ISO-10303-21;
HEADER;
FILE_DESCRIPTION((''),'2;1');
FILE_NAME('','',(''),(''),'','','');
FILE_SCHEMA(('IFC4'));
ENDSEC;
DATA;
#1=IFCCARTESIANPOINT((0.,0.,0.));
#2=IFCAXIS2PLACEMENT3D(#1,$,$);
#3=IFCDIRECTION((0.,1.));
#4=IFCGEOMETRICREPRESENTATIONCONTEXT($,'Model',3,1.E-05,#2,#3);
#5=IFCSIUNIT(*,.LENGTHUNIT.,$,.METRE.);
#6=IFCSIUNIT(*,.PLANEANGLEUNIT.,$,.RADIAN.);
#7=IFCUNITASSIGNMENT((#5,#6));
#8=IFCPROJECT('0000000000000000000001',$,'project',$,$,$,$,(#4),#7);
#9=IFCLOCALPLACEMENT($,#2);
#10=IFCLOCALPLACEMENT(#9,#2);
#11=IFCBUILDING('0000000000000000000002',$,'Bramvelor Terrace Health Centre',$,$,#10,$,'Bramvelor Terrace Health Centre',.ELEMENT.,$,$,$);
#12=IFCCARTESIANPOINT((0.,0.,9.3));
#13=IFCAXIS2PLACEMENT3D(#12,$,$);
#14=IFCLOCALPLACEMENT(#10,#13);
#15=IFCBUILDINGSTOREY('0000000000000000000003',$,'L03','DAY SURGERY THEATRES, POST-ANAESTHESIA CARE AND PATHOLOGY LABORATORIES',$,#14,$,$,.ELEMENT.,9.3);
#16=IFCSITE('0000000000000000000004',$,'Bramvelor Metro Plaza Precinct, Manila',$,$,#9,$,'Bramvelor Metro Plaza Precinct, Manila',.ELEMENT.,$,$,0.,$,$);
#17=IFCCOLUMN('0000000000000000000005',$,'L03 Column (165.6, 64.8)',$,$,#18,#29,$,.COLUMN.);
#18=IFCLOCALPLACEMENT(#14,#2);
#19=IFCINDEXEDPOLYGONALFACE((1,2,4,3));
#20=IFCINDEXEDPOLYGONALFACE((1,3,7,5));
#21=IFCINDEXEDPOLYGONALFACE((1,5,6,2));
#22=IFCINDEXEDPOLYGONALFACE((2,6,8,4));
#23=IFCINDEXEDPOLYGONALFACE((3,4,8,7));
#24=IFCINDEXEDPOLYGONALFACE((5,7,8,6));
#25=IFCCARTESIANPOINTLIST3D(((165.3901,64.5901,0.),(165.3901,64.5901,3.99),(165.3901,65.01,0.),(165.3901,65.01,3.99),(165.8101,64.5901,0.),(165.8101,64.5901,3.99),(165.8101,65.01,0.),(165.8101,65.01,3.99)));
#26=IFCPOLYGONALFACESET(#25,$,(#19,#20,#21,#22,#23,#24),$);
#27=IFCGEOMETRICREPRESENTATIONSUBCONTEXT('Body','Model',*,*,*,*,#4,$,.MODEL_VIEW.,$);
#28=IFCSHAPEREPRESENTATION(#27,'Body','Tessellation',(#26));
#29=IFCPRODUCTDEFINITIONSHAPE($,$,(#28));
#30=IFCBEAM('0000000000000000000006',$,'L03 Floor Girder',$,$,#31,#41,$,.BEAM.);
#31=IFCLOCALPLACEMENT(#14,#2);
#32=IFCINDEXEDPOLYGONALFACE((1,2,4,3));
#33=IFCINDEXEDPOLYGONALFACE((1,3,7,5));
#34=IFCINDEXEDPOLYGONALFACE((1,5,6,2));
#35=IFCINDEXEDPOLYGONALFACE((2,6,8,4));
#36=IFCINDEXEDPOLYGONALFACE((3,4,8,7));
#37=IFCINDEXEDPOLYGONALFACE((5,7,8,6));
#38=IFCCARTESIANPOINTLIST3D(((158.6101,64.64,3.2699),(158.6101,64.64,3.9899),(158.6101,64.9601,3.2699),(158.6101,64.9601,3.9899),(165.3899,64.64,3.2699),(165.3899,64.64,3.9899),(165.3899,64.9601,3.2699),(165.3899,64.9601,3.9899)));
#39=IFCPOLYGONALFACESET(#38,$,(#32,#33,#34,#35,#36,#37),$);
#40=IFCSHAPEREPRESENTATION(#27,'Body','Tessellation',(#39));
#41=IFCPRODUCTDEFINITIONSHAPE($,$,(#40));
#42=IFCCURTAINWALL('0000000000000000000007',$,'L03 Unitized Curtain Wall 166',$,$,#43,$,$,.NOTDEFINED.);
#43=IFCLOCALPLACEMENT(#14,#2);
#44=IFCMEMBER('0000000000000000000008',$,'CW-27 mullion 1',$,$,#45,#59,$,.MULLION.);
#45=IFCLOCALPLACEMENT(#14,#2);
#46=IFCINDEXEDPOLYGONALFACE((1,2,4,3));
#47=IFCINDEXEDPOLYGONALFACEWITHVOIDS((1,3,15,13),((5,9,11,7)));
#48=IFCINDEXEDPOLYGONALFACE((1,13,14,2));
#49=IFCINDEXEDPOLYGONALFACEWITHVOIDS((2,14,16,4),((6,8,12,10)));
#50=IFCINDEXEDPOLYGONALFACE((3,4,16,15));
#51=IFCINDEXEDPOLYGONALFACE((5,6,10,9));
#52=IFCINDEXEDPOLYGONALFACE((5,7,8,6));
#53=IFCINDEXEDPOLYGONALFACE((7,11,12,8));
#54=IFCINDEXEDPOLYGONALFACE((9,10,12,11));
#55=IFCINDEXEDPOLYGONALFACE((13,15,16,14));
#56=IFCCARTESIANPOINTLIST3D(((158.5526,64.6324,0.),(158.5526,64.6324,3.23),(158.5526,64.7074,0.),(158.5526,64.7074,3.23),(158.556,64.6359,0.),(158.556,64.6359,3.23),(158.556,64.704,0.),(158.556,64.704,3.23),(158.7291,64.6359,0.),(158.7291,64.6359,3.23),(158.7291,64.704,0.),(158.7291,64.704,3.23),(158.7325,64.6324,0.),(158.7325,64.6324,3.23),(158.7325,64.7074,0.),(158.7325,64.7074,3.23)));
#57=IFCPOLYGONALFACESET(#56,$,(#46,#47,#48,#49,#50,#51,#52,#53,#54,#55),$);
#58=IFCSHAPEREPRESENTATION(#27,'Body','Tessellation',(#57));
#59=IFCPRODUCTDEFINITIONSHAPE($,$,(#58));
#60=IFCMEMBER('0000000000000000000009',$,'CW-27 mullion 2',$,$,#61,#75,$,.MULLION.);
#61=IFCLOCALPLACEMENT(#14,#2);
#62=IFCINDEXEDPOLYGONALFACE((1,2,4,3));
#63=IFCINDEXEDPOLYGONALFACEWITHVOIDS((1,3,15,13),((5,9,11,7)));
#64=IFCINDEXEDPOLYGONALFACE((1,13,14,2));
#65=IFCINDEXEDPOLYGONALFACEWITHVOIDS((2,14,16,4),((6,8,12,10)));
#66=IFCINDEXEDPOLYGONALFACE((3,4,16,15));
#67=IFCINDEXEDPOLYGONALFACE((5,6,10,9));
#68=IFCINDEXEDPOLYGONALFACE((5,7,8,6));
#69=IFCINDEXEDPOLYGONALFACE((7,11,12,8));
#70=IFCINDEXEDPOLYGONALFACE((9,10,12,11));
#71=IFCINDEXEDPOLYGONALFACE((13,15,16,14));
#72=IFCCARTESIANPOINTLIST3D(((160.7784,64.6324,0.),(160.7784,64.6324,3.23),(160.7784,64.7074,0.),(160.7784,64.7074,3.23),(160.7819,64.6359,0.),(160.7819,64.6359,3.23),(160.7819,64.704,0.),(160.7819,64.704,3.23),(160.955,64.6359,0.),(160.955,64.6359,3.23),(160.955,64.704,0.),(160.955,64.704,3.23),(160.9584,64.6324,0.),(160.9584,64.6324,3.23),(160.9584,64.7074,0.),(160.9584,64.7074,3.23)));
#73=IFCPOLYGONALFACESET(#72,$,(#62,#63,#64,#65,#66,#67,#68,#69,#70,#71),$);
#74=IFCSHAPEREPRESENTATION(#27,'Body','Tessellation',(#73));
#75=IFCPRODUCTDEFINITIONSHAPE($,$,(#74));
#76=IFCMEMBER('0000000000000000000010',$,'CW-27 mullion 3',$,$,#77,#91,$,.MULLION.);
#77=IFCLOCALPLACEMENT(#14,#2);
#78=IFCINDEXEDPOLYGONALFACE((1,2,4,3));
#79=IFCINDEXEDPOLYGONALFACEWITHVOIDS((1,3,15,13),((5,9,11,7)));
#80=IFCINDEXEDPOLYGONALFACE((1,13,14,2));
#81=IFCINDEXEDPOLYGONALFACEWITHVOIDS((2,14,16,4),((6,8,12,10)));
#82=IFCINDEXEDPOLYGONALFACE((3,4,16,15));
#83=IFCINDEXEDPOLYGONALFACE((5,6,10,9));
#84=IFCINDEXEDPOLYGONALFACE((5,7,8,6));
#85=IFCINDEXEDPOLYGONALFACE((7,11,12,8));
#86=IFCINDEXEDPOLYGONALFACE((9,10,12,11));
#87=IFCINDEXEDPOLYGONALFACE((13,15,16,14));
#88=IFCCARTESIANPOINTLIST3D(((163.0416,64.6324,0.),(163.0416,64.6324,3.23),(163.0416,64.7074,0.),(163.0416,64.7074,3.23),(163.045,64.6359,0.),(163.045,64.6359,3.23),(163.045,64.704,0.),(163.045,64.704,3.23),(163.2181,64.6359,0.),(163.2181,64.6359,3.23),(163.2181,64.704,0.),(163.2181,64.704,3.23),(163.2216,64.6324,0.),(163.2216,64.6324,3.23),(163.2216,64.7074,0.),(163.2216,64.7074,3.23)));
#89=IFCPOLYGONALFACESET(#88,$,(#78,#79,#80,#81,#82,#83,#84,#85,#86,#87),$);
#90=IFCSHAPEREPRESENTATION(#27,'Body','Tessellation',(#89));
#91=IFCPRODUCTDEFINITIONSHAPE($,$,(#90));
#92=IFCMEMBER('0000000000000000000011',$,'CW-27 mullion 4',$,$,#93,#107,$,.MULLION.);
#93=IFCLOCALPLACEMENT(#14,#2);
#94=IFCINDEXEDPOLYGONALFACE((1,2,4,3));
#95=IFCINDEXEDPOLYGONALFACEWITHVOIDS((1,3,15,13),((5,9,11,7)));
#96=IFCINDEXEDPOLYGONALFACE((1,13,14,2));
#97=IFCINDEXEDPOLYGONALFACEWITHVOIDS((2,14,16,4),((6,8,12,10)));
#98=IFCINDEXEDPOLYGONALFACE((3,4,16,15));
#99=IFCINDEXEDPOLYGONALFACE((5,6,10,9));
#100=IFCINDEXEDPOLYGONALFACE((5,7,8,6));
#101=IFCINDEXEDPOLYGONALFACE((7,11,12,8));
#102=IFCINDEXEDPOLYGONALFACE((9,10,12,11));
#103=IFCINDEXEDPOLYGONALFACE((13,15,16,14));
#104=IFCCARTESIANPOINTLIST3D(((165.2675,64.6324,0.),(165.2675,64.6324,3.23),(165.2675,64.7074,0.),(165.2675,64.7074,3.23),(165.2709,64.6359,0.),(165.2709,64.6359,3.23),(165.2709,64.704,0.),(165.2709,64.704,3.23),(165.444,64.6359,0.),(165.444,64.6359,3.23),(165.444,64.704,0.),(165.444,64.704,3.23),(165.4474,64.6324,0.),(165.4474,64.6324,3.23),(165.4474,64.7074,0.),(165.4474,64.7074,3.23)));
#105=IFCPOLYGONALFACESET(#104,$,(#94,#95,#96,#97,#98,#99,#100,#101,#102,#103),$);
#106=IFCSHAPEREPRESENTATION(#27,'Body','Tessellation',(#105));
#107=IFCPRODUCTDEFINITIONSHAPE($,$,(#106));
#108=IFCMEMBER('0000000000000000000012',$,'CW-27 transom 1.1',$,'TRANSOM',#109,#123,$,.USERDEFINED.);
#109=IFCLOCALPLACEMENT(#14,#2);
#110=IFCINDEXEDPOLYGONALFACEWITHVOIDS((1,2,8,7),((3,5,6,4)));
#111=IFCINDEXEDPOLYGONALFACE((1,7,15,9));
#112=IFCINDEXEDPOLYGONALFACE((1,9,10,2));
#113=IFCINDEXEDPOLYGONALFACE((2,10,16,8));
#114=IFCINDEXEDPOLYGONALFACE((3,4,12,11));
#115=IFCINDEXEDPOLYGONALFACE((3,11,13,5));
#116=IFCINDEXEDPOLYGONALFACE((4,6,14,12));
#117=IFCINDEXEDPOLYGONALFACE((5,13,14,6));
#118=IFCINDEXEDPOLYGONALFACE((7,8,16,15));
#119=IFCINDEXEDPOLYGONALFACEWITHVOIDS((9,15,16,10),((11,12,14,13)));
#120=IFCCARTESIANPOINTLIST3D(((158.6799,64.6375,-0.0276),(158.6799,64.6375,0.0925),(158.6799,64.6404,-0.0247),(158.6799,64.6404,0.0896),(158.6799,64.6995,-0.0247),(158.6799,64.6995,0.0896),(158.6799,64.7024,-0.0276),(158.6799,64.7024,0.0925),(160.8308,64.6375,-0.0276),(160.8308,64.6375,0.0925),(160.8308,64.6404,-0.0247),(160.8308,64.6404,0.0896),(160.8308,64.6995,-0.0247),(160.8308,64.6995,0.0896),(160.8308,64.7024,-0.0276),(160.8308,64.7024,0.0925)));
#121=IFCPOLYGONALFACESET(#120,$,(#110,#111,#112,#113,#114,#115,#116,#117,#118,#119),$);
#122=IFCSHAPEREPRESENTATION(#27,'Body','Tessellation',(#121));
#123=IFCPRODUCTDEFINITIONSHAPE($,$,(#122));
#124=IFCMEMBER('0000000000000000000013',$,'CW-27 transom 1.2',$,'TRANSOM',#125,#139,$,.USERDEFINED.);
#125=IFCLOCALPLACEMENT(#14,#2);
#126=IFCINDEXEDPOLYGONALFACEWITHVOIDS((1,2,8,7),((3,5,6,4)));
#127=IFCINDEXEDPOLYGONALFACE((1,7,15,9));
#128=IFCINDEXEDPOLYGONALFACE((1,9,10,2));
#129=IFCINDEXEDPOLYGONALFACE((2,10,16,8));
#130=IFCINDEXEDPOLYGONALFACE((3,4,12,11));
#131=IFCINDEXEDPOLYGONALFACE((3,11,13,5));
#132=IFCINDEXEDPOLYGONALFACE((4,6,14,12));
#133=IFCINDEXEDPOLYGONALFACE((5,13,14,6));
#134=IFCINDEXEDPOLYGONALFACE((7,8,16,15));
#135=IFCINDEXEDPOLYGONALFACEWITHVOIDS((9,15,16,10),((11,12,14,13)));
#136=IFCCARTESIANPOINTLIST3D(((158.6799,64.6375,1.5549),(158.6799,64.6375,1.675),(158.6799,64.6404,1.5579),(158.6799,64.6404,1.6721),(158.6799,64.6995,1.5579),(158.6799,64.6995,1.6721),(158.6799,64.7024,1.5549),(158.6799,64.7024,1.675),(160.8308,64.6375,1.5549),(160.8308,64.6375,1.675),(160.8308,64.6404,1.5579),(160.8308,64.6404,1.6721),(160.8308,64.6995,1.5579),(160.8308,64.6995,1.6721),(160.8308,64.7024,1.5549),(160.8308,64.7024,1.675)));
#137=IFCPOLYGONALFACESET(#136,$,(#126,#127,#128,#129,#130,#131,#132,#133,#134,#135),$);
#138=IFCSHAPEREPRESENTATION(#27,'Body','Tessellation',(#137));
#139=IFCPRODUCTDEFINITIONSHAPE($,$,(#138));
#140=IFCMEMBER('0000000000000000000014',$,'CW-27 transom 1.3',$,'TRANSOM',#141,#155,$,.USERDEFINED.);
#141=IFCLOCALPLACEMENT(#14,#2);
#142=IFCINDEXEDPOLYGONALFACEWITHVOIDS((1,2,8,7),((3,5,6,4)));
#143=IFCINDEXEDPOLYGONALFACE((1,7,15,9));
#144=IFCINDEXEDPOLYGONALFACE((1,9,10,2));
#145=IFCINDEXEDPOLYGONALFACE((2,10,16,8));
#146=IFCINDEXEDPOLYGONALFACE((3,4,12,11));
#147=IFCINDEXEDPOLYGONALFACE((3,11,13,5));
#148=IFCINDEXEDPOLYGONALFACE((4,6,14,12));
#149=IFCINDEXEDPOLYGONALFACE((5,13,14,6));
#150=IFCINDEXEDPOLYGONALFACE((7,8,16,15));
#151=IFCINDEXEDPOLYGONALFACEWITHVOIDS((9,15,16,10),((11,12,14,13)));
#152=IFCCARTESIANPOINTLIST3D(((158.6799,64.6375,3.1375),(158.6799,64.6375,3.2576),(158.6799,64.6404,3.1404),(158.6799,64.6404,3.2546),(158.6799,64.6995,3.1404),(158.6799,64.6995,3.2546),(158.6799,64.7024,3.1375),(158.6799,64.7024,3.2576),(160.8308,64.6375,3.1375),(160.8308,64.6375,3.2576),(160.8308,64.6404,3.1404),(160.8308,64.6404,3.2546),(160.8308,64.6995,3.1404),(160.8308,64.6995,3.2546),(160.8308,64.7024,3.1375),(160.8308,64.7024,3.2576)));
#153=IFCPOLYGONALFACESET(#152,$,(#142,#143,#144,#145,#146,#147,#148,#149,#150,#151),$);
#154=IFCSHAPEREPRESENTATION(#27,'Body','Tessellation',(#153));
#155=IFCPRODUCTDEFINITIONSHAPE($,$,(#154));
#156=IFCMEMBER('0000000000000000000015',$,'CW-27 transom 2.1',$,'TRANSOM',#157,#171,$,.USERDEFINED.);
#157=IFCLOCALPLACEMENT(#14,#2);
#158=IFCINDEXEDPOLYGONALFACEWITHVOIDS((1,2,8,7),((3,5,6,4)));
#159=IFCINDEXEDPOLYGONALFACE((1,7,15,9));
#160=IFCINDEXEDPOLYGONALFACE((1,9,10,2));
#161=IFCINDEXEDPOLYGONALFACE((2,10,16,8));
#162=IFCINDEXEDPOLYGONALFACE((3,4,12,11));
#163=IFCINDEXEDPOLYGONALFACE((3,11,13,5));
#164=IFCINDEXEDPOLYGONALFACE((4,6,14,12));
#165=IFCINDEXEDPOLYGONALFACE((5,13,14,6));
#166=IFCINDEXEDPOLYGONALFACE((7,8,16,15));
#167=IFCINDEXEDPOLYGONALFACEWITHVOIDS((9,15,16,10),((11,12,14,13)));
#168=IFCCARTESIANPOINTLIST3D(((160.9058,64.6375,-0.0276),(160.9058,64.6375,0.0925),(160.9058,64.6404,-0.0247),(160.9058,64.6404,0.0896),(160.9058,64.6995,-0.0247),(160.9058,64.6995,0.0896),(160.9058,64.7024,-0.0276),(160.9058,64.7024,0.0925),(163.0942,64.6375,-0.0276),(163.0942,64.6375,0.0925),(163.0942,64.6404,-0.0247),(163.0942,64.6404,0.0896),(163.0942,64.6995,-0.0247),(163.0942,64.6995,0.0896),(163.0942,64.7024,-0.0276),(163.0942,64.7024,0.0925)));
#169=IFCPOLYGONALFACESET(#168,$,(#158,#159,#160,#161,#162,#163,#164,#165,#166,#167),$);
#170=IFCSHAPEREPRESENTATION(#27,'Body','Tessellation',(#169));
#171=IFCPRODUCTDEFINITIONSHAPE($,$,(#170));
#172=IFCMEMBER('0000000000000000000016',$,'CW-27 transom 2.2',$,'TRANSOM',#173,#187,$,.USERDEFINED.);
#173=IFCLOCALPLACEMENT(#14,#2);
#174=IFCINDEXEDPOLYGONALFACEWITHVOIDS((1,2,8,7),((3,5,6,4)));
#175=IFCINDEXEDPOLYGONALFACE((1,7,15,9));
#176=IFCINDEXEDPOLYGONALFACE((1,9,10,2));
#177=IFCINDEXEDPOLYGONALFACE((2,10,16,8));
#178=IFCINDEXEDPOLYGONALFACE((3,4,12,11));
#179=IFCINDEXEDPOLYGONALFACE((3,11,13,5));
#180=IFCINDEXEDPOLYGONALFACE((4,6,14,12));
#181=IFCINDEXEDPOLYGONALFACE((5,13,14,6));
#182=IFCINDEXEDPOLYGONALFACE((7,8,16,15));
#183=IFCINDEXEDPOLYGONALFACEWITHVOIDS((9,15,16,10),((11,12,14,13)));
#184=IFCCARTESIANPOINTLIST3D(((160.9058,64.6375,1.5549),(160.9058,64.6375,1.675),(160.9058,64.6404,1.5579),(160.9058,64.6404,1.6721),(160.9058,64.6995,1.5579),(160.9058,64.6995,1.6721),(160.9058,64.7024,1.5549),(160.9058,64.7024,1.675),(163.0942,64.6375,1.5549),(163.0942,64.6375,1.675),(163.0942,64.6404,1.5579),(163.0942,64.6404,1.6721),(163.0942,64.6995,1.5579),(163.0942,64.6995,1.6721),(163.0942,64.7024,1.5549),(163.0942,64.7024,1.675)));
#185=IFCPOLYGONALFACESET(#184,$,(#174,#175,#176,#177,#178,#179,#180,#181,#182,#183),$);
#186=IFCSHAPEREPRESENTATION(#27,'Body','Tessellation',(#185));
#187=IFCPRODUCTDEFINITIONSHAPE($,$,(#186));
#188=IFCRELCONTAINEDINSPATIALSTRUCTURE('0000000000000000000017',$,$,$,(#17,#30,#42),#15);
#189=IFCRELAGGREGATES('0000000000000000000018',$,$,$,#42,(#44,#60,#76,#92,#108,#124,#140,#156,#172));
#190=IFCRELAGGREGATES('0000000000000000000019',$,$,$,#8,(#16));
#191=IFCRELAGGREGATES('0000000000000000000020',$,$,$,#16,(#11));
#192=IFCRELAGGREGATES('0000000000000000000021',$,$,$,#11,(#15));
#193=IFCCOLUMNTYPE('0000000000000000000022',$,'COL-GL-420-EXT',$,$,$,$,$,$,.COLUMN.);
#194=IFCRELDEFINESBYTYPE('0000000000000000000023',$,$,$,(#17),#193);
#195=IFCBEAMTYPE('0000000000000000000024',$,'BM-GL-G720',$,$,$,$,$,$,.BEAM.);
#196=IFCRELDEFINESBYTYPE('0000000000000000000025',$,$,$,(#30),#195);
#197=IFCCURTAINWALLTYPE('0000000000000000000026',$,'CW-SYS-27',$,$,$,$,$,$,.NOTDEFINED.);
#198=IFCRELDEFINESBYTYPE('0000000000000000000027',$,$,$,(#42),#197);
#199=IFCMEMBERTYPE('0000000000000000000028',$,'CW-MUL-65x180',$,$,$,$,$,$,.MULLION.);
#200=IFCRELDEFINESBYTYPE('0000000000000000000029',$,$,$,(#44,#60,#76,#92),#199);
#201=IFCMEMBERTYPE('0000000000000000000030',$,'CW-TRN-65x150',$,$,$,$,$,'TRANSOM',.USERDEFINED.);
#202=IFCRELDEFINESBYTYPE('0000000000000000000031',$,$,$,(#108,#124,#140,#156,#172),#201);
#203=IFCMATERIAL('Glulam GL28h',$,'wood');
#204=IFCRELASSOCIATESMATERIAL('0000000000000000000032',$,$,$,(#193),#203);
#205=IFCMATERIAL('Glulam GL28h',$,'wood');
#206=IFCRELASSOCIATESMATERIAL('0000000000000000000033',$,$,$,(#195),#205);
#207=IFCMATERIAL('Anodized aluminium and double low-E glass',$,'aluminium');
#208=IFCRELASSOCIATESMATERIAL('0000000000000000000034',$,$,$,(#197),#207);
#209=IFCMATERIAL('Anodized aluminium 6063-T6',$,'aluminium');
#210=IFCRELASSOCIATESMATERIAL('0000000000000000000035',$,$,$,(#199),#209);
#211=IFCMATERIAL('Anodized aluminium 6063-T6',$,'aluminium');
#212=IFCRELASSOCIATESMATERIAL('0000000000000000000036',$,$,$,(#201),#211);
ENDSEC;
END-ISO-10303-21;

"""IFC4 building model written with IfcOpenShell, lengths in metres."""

from ifc_helpers import new_model, si_unit, direction, frame, origin, origin_2d, place, context, subcontext, project, spatial, rectangle, hollow_rectangle, extrude, material, material_profile, profile_set, type_object, element, aggregate, save


model = new_model("IFC4")

# Units and contexts
model_context = context("Model", 3, precision=1e-05, world=origin(), true_north=direction((0.0, 1.0)))
body_context = subcontext(model_context, "Body", "Model", "MODEL_VIEW")
ifc_project = project(units=[si_unit("LENGTHUNIT", "METRE"), si_unit("PLANEANGLEUNIT", "RADIAN")], contexts=[model_context])

# Site, building, storey
site_placement = place(None, origin())
site = spatial("IfcSite", under=ifc_project, at=site_placement, Name="Bramvelor Metro Plaza Precinct, Manila", LongName="Bramvelor Metro Plaza Precinct, Manila", CompositionType="ELEMENT", RefElevation=0.0)
building_placement = place(site_placement, origin())
building = spatial("IfcBuilding", under=site, at=building_placement, Name="Bramvelor Terrace Health Centre", LongName="Bramvelor Terrace Health Centre", CompositionType="ELEMENT")
storey_placement = place(building_placement, frame((0.0, 0.0, 9.3)))
storey = spatial("IfcBuildingStorey", under=building, at=storey_placement, Name="L03", Description="DAY SURGERY THEATRES, POST-ANAESTHESIA CARE AND PATHOLOGY LABORATORIES", CompositionType="ELEMENT", Elevation=9.3)

# Column
ifc_material_1 = material(Name="Glulam GL28h", Category="wood")
ifc_material_profile_1 = material_profile(ifc_material_1, rectangle(XDim=0.4199, YDim=0.4199, at=origin_2d()), Name="GL 420x420")
ifc_profile_set_1 = profile_set([ifc_material_profile_1], Name="Glulam GL28h")
column_type = type_object("IfcColumnType", Name="COL-GL-420-EXT", PredefinedType="COLUMN", material=ifc_profile_set_1)
column_placement = place(storey_placement, frame((165.6001, 64.8, 0.0), z_axis=(0.0, 0.0, 1.0), x_axis=(1.0, 0.0, 0.0)))
element("IfcColumn", 1, at=column_placement, inside=storey, type_object=column_type, Name="L03 Column (165.6, 64.8)", PredefinedType="COLUMN", context=body_context, shape_type="SweptSolid", body=[
    extrude(rectangle(XDim=0.4199, YDim=0.4199, at=origin_2d()), origin(), (0.0, 0.0, 1.0), 3.99),
])

# Beam
ifc_material_2 = material(Name="Glulam GL28h", Category="wood")
ifc_material_profile_2 = material_profile(ifc_material_2, rectangle(XDim=0.3201, YDim=0.72, at=origin_2d()), Name="GL 320x720")
ifc_profile_set_2 = profile_set([ifc_material_profile_2], Name="Glulam GL28h")
beam_type = type_object("IfcBeamType", Name="BM-GL-G720", PredefinedType="BEAM", material=ifc_profile_set_2)
beam_placement = place(storey_placement, frame((158.6101, 64.8, 3.6299), z_axis=(1.0, 0.0, 0.0), x_axis=(0.0, 1.0, 0.0)))
element("IfcBeam", 2, at=beam_placement, inside=storey, type_object=beam_type, Name="L03 Floor Girder", PredefinedType="BEAM", context=body_context, shape_type="SweptSolid", body=[
    extrude(rectangle(XDim=0.3201, YDim=0.72, at=origin_2d()), origin(), (0.0, 0.0, 1.0), 6.7798),
])

# Curtain wall, members
ifc_material_3 = material(Name="Anodized aluminium and double low-E glass", Category="aluminium")
curtain_wall_type = type_object("IfcCurtainWallType", Name="CW-SYS-27", PredefinedType="NOTDEFINED", material=ifc_material_3)
curtain_wall_placement = place(storey_placement, origin())
curtain_wall = element("IfcCurtainWall", 3, at=curtain_wall_placement, inside=storey, type_object=curtain_wall_type, Name="L03 Unitized Curtain Wall 166", PredefinedType="NOTDEFINED")
ifc_material_4 = material(Name="Anodized aluminium 6063-T6", Category="aluminium")
ifc_material_profile_3 = material_profile(ifc_material_4, hollow_rectangle(XDim=0.075, YDim=0.1799, WallThickness=0.0034, at=origin_2d()), Name="ALU-MUL 75x180x3.5")
ifc_profile_set_3 = profile_set([ifc_material_profile_3], Name="Anodized aluminium 6063-T6")
member_type_1 = type_object("IfcMemberType", Name="CW-MUL-65x180", PredefinedType="MULLION", material=ifc_profile_set_3)
member_1_placement = place(storey_placement, frame((158.6426, 64.6699, 0.0), z_axis=(0.0, 0.0, 1.0), x_axis=(0.0, 1.0, 0.0)))
member_1 = element("IfcMember", 4, at=member_1_placement, type_object=member_type_1, Name="CW-27 mullion 1", PredefinedType="MULLION", context=body_context, shape_type="SweptSolid", body=[
    extrude(hollow_rectangle(XDim=0.075, YDim=0.1799, WallThickness=0.0034, at=origin_2d()), origin(), (0.0, 0.0, 1.0), 3.23),
])
member_2_placement = place(storey_placement, frame((160.8684, 64.6699, 0.0), z_axis=(0.0, 0.0, 1.0), x_axis=(0.0, 1.0, 0.0)))
member_2 = element("IfcMember", 5, at=member_2_placement, type_object=member_type_1, Name="CW-27 mullion 2", PredefinedType="MULLION", context=body_context, shape_type="SweptSolid", body=[
    extrude(hollow_rectangle(XDim=0.075, YDim=0.1799, WallThickness=0.0034, at=origin_2d()), origin(), (0.0, 0.0, 1.0), 3.23),
])
member_3_placement = place(storey_placement, frame((163.1316, 64.6699, 0.0), z_axis=(0.0, 0.0, 1.0), x_axis=(0.0, 1.0, 0.0)))
member_3 = element("IfcMember", 6, at=member_3_placement, type_object=member_type_1, Name="CW-27 mullion 3", PredefinedType="MULLION", context=body_context, shape_type="SweptSolid", body=[
    extrude(hollow_rectangle(XDim=0.075, YDim=0.1799, WallThickness=0.0034, at=origin_2d()), origin(), (0.0, 0.0, 1.0), 3.23),
])
member_4_placement = place(storey_placement, frame((165.3574, 64.6699, 0.0), z_axis=(0.0, 0.0, 1.0), x_axis=(0.0, 1.0, 0.0)))
member_4 = element("IfcMember", 7, at=member_4_placement, type_object=member_type_1, Name="CW-27 mullion 4", PredefinedType="MULLION", context=body_context, shape_type="SweptSolid", body=[
    extrude(hollow_rectangle(XDim=0.075, YDim=0.1799, WallThickness=0.0034, at=origin_2d()), origin(), (0.0, 0.0, 1.0), 3.23),
])
ifc_material_5 = material(Name="Anodized aluminium 6063-T6", Category="aluminium")
ifc_material_profile_4 = material_profile(ifc_material_5, hollow_rectangle(XDim=0.0649, YDim=0.1201, WallThickness=0.0029, at=origin_2d()), Name="ALU-TRN 65x120x3.0")
ifc_profile_set_4 = profile_set([ifc_material_profile_4], Name="Anodized aluminium 6063-T6")
member_type_2 = type_object("IfcMemberType", Name="CW-TRN-65x150", ElementType="TRANSOM", PredefinedType="USERDEFINED", material=ifc_profile_set_4)
member_5_placement = place(storey_placement, frame((158.6799, 64.6699, 0.0325), z_axis=(1.0, 0.0, 0.0), x_axis=(0.0, 1.0, 0.0)))
member_5 = element("IfcMember", 8, at=member_5_placement, type_object=member_type_2, Name="CW-27 transom 1.1", ObjectType="TRANSOM", PredefinedType="USERDEFINED", context=body_context, shape_type="SweptSolid", body=[
    extrude(hollow_rectangle(XDim=0.0649, YDim=0.1201, WallThickness=0.0029, at=origin_2d()), origin(), (0.0, 0.0, 1.0), 2.1509),
])
member_6_placement = place(storey_placement, frame((158.6799, 64.6699, 1.615), z_axis=(1.0, 0.0, 0.0), x_axis=(0.0, 1.0, 0.0)))
member_6 = element("IfcMember", 9, at=member_6_placement, type_object=member_type_2, Name="CW-27 transom 1.2", ObjectType="TRANSOM", PredefinedType="USERDEFINED", context=body_context, shape_type="SweptSolid", body=[
    extrude(hollow_rectangle(XDim=0.0649, YDim=0.1201, WallThickness=0.0029, at=origin_2d()), origin(), (0.0, 0.0, 1.0), 2.1509),
])
member_7_placement = place(storey_placement, frame((158.6799, 64.6699, 3.1975), z_axis=(1.0, 0.0, 0.0), x_axis=(0.0, 1.0, 0.0)))
member_7 = element("IfcMember", 10, at=member_7_placement, type_object=member_type_2, Name="CW-27 transom 1.3", ObjectType="TRANSOM", PredefinedType="USERDEFINED", context=body_context, shape_type="SweptSolid", body=[
    extrude(hollow_rectangle(XDim=0.0649, YDim=0.1201, WallThickness=0.0029, at=origin_2d()), origin(), (0.0, 0.0, 1.0), 2.1509),
])
member_8_placement = place(storey_placement, frame((160.9058, 64.6699, 0.0325), z_axis=(1.0, 0.0, 0.0), x_axis=(0.0, 1.0, 0.0)))
member_8 = element("IfcMember", 11, at=member_8_placement, type_object=member_type_2, Name="CW-27 transom 2.1", ObjectType="TRANSOM", PredefinedType="USERDEFINED", context=body_context, shape_type="SweptSolid", body=[
    extrude(hollow_rectangle(XDim=0.0649, YDim=0.1201, WallThickness=0.0029, at=origin_2d()), origin(), (0.0, 0.0, 1.0), 2.1885),
])
member_9_placement = place(storey_placement, frame((160.9058, 64.6699, 1.615), z_axis=(1.0, 0.0, 0.0), x_axis=(0.0, 1.0, 0.0)))
member_9 = element("IfcMember", 12, at=member_9_placement, type_object=member_type_2, Name="CW-27 transom 2.2", ObjectType="TRANSOM", PredefinedType="USERDEFINED", context=body_context, shape_type="SweptSolid", body=[
    extrude(hollow_rectangle(XDim=0.0649, YDim=0.1201, WallThickness=0.0029, at=origin_2d()), origin(), (0.0, 0.0, 1.0), 2.1885),
])
aggregate(curtain_wall, [member_1, member_2, member_3, member_4, member_5, member_6, member_7, member_8, member_9])

save(model, "model.ifc")
